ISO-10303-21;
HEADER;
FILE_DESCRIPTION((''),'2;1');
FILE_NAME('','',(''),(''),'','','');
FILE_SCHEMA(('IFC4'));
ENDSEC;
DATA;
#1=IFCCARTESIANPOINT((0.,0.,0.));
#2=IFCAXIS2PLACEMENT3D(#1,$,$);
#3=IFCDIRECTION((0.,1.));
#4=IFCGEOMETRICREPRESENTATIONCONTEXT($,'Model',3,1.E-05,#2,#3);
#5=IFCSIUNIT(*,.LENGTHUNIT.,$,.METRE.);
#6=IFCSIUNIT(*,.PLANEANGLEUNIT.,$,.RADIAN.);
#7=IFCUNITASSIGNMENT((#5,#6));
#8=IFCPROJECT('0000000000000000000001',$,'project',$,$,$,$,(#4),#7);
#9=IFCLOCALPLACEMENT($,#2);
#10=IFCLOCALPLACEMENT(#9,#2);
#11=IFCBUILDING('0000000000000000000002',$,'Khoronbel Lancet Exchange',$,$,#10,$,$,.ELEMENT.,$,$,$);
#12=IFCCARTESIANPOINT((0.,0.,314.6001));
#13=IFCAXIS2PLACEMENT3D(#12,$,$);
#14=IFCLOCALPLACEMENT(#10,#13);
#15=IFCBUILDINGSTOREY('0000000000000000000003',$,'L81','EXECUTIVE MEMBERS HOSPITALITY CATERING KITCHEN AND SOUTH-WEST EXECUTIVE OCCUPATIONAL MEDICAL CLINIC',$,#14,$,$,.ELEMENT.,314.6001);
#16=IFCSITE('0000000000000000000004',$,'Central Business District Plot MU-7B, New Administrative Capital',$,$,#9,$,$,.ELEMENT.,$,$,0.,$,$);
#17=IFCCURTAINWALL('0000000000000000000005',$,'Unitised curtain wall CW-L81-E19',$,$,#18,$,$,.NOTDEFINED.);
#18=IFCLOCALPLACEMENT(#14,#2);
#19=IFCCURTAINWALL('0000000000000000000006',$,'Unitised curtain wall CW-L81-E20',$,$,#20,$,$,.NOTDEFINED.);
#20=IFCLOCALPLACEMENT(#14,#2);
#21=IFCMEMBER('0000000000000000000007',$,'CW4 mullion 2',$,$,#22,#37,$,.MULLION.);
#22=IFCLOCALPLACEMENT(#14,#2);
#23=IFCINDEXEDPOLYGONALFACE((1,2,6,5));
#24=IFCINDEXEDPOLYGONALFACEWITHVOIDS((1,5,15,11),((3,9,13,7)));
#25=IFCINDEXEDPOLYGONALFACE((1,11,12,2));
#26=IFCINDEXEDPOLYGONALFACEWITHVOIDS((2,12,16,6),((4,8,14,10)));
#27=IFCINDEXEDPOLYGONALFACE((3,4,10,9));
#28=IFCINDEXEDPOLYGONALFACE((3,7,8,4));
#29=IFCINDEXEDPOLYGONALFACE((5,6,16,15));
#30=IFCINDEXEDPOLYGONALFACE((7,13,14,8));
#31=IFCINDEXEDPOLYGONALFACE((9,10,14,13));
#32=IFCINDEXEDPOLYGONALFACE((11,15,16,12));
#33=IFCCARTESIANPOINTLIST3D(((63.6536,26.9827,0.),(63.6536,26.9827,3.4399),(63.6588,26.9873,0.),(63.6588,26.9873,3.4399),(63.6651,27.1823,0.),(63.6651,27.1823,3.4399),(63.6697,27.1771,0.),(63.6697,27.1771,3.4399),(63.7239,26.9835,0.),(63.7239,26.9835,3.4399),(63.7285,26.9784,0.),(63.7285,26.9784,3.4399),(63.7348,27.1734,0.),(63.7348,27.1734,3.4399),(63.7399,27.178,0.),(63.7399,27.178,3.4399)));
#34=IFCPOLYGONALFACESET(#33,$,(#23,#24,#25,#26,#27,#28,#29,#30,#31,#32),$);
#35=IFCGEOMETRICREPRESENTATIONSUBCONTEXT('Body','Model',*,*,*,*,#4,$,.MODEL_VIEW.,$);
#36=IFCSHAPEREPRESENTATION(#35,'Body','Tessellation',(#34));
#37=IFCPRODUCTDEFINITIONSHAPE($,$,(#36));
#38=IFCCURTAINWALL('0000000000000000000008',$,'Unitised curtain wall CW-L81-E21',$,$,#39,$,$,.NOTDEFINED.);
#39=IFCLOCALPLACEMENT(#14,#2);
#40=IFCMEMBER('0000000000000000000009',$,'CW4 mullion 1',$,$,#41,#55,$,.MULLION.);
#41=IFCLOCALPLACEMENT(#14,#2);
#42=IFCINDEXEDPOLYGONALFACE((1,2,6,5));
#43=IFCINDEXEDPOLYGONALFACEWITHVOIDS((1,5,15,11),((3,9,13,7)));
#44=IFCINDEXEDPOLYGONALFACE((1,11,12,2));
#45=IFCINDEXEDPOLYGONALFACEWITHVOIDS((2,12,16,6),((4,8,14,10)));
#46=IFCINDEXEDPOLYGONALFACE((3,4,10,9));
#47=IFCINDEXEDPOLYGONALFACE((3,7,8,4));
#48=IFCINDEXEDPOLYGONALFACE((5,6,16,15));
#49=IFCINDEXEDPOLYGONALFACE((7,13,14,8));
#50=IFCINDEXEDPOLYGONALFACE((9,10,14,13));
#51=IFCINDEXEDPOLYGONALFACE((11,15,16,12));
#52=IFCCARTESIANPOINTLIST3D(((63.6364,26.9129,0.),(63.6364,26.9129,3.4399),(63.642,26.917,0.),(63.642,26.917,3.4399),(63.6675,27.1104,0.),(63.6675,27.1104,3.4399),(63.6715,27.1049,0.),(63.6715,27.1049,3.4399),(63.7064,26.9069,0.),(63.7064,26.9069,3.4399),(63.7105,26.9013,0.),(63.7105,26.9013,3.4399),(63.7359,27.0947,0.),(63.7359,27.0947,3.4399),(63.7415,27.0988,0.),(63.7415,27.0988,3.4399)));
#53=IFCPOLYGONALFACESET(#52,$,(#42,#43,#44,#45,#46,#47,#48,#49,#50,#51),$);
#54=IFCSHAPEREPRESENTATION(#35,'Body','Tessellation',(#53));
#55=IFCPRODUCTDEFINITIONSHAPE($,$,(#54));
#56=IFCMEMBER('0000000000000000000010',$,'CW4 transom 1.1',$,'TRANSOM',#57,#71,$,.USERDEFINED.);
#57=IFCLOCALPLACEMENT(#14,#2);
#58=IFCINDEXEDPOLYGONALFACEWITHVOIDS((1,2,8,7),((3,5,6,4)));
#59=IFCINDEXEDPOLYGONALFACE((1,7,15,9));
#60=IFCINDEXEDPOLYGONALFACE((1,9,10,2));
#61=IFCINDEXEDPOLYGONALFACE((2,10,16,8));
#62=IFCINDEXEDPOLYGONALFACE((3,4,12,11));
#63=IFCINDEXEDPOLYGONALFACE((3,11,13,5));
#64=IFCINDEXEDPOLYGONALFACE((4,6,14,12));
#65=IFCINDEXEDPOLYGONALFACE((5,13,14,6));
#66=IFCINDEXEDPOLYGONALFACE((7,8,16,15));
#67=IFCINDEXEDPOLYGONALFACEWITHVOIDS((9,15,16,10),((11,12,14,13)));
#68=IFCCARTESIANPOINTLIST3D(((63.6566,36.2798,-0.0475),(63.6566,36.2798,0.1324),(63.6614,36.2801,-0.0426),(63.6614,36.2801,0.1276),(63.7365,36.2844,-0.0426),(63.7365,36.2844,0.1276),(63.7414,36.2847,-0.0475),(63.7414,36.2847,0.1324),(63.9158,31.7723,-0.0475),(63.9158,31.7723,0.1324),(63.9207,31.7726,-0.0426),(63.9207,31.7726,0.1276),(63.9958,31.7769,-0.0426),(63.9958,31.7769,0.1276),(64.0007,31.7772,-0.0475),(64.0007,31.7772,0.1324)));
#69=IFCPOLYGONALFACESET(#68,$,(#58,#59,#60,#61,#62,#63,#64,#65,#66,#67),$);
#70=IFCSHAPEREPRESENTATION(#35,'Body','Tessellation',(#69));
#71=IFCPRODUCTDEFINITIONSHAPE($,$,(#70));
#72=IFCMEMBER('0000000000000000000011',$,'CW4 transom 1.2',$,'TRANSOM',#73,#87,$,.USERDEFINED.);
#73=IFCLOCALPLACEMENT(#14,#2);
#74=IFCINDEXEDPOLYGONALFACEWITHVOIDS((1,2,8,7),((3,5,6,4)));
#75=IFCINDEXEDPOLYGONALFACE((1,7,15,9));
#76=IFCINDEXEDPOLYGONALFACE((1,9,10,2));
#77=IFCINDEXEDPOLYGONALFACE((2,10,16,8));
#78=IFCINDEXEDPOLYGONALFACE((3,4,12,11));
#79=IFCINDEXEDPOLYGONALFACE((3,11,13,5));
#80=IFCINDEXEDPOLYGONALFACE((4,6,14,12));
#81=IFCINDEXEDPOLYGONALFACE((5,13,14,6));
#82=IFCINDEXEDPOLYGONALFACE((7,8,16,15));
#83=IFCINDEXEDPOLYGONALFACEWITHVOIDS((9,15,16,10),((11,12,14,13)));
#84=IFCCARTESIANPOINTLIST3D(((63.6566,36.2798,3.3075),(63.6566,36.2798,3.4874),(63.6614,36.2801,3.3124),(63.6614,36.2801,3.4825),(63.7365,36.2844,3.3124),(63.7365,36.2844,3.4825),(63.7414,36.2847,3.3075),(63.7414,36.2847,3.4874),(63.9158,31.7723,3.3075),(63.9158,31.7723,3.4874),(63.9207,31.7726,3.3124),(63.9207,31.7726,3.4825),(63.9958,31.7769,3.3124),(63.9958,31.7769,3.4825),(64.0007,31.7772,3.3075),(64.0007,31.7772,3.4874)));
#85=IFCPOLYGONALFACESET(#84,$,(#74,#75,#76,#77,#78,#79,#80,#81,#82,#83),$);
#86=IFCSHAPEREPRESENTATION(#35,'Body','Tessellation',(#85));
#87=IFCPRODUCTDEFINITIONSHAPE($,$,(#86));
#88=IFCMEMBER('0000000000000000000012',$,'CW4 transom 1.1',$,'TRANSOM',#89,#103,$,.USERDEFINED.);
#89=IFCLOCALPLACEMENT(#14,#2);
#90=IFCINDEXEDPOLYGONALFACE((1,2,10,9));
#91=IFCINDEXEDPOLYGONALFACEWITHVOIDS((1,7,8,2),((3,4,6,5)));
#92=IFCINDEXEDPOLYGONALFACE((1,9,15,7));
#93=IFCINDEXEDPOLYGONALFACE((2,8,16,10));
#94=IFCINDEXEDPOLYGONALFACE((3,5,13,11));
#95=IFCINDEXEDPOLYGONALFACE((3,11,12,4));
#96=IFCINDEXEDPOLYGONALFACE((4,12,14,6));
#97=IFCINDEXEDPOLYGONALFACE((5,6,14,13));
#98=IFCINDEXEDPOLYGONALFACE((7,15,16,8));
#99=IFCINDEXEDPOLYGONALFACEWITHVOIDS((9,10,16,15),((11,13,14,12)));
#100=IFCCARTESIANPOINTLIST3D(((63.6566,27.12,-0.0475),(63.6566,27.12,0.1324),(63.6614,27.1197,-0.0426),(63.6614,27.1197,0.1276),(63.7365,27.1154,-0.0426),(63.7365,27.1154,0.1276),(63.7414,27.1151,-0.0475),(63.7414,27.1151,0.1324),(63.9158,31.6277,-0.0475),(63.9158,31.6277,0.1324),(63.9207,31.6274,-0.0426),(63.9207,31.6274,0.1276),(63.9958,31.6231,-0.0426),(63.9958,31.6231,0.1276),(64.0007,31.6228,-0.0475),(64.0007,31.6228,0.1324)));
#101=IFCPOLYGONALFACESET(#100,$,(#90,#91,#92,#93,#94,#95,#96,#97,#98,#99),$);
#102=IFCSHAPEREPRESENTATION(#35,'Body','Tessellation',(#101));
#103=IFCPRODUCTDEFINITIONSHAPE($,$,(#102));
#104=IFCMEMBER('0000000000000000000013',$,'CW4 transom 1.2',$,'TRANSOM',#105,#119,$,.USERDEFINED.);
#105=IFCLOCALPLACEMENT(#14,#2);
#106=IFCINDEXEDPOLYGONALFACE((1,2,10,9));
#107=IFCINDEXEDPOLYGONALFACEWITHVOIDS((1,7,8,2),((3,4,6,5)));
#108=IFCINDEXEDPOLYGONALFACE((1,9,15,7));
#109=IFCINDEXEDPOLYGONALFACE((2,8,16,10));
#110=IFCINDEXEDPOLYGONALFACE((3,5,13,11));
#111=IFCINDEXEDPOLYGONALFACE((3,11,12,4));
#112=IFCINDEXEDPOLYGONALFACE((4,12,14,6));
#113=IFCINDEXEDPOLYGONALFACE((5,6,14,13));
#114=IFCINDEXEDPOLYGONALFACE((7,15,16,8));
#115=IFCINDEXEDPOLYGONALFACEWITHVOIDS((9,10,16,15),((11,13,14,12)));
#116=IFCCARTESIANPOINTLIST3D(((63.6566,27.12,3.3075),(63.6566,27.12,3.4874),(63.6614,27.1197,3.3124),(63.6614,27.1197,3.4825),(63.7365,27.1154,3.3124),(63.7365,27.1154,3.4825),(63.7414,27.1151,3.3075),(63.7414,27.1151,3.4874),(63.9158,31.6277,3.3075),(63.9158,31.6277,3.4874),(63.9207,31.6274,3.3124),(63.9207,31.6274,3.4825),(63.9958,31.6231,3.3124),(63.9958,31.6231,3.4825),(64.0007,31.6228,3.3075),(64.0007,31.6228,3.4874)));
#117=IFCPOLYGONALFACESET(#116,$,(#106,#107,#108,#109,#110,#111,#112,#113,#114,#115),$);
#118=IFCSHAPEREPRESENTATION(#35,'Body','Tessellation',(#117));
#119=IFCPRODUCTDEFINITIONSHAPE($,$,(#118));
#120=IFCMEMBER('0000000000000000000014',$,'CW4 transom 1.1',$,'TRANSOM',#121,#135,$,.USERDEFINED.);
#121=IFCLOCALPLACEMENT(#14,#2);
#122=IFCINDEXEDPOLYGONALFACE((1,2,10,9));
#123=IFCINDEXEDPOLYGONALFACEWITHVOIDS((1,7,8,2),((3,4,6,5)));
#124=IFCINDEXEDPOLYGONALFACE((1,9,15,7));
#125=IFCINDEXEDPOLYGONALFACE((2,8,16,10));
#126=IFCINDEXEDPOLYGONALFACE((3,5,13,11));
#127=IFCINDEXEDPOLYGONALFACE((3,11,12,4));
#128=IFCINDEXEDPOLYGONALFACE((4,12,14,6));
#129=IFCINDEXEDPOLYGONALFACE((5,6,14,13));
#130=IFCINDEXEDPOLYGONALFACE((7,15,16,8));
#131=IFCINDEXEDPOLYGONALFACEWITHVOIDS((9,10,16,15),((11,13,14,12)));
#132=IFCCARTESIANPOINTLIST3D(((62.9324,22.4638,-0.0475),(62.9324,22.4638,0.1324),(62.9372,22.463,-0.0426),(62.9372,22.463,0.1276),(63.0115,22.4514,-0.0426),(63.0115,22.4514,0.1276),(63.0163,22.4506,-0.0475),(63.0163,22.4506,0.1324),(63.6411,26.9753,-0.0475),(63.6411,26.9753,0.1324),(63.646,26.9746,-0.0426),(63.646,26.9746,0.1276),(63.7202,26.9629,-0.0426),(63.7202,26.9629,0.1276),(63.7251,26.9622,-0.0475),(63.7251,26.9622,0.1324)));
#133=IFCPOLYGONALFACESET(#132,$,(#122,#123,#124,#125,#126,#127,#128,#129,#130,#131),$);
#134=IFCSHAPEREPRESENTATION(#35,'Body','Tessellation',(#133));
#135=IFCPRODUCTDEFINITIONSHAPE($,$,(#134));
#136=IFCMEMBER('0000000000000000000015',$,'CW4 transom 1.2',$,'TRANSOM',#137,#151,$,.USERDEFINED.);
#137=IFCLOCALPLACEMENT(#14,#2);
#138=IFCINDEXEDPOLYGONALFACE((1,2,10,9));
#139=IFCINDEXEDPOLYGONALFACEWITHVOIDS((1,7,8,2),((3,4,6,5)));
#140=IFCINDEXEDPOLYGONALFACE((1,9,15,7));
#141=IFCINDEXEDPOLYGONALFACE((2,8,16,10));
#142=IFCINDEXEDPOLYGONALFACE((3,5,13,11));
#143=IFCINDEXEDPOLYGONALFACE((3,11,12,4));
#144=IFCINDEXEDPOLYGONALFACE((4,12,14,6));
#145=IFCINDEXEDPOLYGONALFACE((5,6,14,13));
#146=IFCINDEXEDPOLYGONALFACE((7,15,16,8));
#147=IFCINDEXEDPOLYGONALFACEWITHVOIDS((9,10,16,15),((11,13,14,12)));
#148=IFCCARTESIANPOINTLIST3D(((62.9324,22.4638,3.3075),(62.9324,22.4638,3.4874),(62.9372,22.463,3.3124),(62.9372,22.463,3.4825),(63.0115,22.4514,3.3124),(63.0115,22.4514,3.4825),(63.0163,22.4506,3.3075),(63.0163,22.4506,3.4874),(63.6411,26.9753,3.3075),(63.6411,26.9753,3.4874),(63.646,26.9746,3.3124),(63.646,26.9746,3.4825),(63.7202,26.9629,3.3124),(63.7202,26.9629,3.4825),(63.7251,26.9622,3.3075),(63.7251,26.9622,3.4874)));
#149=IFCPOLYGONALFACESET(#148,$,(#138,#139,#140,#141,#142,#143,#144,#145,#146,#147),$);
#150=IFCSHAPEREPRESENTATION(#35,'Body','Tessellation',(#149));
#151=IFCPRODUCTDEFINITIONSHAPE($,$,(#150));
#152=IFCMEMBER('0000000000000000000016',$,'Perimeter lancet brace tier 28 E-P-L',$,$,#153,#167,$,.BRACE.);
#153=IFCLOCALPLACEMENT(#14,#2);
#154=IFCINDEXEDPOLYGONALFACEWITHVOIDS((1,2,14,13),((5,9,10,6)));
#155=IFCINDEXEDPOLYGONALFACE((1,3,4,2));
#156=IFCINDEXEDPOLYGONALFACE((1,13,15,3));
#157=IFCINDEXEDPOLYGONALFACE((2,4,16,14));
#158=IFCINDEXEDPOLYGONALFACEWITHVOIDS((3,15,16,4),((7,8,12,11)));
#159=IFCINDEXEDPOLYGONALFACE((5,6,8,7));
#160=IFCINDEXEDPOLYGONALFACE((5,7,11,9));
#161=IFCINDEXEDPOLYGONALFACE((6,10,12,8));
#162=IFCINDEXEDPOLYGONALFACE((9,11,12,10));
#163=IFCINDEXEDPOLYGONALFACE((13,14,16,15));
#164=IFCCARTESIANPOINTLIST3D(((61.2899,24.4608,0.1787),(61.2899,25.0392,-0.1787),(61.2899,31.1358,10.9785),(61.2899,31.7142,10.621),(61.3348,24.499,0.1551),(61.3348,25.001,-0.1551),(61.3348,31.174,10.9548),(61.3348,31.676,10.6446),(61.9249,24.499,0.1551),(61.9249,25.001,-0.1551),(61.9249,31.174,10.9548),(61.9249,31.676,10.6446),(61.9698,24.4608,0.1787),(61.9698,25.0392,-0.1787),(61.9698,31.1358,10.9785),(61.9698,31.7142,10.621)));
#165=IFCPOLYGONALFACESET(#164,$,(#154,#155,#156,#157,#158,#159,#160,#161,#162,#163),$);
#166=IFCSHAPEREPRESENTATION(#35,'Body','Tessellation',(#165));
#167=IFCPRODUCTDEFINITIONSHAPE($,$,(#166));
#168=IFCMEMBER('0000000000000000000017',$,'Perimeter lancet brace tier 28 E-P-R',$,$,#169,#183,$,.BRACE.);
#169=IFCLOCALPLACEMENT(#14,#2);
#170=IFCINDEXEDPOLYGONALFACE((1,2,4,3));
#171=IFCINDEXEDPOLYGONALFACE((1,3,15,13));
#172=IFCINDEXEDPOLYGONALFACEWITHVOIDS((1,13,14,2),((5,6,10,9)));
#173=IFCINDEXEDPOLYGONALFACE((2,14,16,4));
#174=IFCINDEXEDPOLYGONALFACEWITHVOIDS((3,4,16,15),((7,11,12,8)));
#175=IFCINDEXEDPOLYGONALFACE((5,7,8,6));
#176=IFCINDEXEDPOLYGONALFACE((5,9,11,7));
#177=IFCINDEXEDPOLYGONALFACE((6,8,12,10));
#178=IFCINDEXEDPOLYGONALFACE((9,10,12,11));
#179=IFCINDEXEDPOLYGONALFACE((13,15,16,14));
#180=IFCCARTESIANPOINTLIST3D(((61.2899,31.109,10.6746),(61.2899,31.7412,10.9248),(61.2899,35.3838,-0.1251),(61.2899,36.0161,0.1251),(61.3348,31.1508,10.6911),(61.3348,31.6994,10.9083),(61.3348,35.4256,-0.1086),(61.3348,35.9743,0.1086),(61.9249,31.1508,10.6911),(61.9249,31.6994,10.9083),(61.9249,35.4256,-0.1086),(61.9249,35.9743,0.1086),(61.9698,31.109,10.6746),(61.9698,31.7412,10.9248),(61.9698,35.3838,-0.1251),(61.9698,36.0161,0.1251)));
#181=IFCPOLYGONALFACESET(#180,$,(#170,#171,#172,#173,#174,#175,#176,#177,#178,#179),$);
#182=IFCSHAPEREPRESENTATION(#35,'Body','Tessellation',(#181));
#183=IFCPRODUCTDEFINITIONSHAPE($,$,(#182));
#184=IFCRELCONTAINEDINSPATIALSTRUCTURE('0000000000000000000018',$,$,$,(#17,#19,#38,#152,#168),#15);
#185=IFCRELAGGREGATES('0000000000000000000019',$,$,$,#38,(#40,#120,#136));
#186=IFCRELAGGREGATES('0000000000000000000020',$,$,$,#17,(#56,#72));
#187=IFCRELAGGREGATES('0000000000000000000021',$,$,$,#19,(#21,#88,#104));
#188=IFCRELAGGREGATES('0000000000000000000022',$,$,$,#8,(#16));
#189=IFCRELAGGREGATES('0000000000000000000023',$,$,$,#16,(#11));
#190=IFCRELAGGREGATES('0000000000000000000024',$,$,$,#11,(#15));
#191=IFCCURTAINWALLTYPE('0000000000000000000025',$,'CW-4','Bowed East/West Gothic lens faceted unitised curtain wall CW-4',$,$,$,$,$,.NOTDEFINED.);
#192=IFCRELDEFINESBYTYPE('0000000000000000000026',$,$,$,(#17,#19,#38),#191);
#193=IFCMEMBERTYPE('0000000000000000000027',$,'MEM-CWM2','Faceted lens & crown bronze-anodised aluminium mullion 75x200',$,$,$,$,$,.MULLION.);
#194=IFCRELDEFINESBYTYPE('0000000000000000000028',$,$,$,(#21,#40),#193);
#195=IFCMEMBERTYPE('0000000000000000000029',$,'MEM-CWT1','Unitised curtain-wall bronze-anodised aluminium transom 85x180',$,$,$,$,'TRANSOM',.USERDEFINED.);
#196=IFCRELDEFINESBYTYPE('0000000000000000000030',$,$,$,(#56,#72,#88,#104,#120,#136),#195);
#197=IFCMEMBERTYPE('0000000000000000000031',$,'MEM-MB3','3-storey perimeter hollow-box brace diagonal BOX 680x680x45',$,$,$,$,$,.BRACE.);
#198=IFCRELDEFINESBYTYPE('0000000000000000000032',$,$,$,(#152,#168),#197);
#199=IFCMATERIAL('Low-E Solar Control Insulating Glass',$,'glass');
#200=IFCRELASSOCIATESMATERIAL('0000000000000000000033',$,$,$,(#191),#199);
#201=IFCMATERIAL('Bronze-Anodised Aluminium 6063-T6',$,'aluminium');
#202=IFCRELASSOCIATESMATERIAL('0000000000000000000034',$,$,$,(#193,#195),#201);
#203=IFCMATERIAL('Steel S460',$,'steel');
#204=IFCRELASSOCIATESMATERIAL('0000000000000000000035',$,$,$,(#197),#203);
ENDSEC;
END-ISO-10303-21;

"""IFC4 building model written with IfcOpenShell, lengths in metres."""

from ifc_helpers import new_model, si_unit, direction, frame, origin, origin_2d, place, context, subcontext, project, spatial, hollow_rectangle, extrude, material, material_profile, profile_set, type_object, element, aggregate, save


model = new_model("IFC4")

# Units and contexts
model_context = context("Model", 3, precision=1e-05, world=origin(), true_north=direction((0.0, 1.0)))
body_context = subcontext(model_context, "Body", "Model", "MODEL_VIEW")
ifc_project = project(units=[si_unit("LENGTHUNIT", "METRE"), si_unit("PLANEANGLEUNIT", "RADIAN")], contexts=[model_context])

# Site, building, storey
site_placement = place(None, origin())
site = spatial("IfcSite", under=ifc_project, at=site_placement, Name="Central Business District Plot MU-7B, New Administrative Capital", CompositionType="ELEMENT", RefElevation=0.0)
building_placement = place(site_placement, origin())
building = spatial("IfcBuilding", under=site, at=building_placement, Name="Khoronbel Lancet Exchange", CompositionType="ELEMENT")
storey_placement = place(building_placement, frame((0.0, 0.0, 314.6001)))
storey = spatial("IfcBuildingStorey", under=building, at=storey_placement, Name="L81", Description="EXECUTIVE MEMBERS HOSPITALITY CATERING KITCHEN AND SOUTH-WEST EXECUTIVE OCCUPATIONAL MEDICAL CLINIC", CompositionType="ELEMENT", Elevation=314.6001)

# Curtain walls, member
ifc_material_1 = material(Name="Low-E Solar Control Insulating Glass", Category="glass")
curtain_wall_type = type_object("IfcCurtainWallType", Name="CW-4", Description="Bowed East/West Gothic lens faceted unitised curtain wall CW-4", PredefinedType="NOTDEFINED", material=ifc_material_1)
curtain_wall_1_placement = place(storey_placement, origin())
curtain_wall_1 = element("IfcCurtainWall", 1, at=curtain_wall_1_placement, inside=storey, type_object=curtain_wall_type, Name="Unitised curtain wall CW-L81-E19", PredefinedType="NOTDEFINED")
ifc_material_2 = material(Name="Bronze-Anodised Aluminium 6063-T6", Category="aluminium")
ifc_material_profile_1 = material_profile(ifc_material_2, hollow_rectangle(XDim=0.075, YDim=0.2, WallThickness=0.0049, at=origin_2d()), Name="ALU MULLION 75x200")
ifc_profile_set_1 = profile_set([ifc_material_profile_1], Name="Bronze-Anodised Aluminium 6063-T6")
member_type_1 = type_object("IfcMemberType", Name="MEM-CWM2", Description="Faceted lens & crown bronze-anodised aluminium mullion 75x200", PredefinedType="MULLION", material=ifc_profile_set_1)
curtain_wall_2_placement = place(storey_placement, origin())
curtain_wall_2 = element("IfcCurtainWall", 2, at=curtain_wall_2_placement, inside=storey, type_object=curtain_wall_type, Name="Unitised curtain wall CW-L81-E20", PredefinedType="NOTDEFINED")
member_1_placement = place(storey_placement, frame((63.6968, 27.0803, 0.0), z_axis=(0.0, 0.0, 1.0), x_axis=(0.998351, -0.057409, 0.0)))
member_1 = element("IfcMember", 3, at=member_1_placement, type_object=member_type_1, Name="CW4 mullion 2", PredefinedType="MULLION", context=body_context, shape_type="SweptSolid", body=[
    extrude(hollow_rectangle(XDim=0.075, YDim=0.2, WallThickness=0.0049, at=origin_2d()), origin(), (0.0, 0.0, 1.0), 3.4399),
])

# Curtain wall, member
curtain_wall_3_placement = place(storey_placement, origin())
curtain_wall_3 = element("IfcCurtainWall", 4, at=curtain_wall_3_placement, inside=storey, type_object=curtain_wall_type, Name="Unitised curtain wall CW-L81-E21", PredefinedType="NOTDEFINED")
member_2_placement = place(storey_placement, frame((63.689, 27.0059, 0.0), z_axis=(0.0, 0.0, 1.0), x_axis=(0.987889, -0.155165, 0.0)))
member_2 = element("IfcMember", 5, at=member_2_placement, type_object=member_type_1, Name="CW4 mullion 1", PredefinedType="MULLION", context=body_context, shape_type="SweptSolid", body=[
    extrude(hollow_rectangle(XDim=0.075, YDim=0.2, WallThickness=0.0049, at=origin_2d()), origin(), (0.0, 0.0, 1.0), 3.4399),
])

# Members
ifc_material_profile_2 = material_profile(ifc_material_2, hollow_rectangle(XDim=0.085, YDim=0.1799, WallThickness=0.0049, at=origin_2d()), Name="ALU TRANSOM 85x180")
ifc_profile_set_2 = profile_set([ifc_material_profile_2], Name="Bronze-Anodised Aluminium 6063-T6")
member_type_2 = type_object("IfcMemberType", Name="MEM-CWT1", Description="Unitised curtain-wall bronze-anodised aluminium transom 85x180", ElementType="TRANSOM", PredefinedType="USERDEFINED", material=ifc_profile_set_2)
member_3_placement = place(storey_placement, frame((63.699, 36.2822, 0.0425), z_axis=(0.057429, -0.99835, 0.0), x_axis=(0.99835, 0.057429, 0.0)))
member_3 = element("IfcMember", 6, at=member_3_placement, type_object=member_type_2, Name="CW4 transom 1.1", ObjectType="TRANSOM", PredefinedType="USERDEFINED", context=body_context, shape_type="SweptSolid", body=[
    extrude(hollow_rectangle(XDim=0.085, YDim=0.1799, WallThickness=0.0049, at=origin_2d()), origin(), (0.0, 0.0, 1.0), 4.5149),
])
member_4_placement = place(storey_placement, frame((63.699, 36.2822, 3.3975), z_axis=(0.057429, -0.99835, 0.0), x_axis=(0.99835, 0.057429, 0.0)))
member_4 = element("IfcMember", 7, at=member_4_placement, type_object=member_type_2, Name="CW4 transom 1.2", ObjectType="TRANSOM", PredefinedType="USERDEFINED", context=body_context, shape_type="SweptSolid", body=[
    extrude(hollow_rectangle(XDim=0.085, YDim=0.1799, WallThickness=0.0049, at=origin_2d()), origin(), (0.0, 0.0, 1.0), 4.5149),
])
member_5_placement = place(storey_placement, frame((63.9583, 31.6252, 0.0425), z_axis=(-0.057426, -0.99835, 0.0), x_axis=(0.99835, -0.057426, 0.0)))
member_5 = element("IfcMember", 8, at=member_5_placement, type_object=member_type_2, Name="CW4 transom 1.1", ObjectType="TRANSOM", PredefinedType="USERDEFINED", context=body_context, shape_type="SweptSolid", body=[
    extrude(hollow_rectangle(XDim=0.085, YDim=0.1799, WallThickness=0.0049, at=origin_2d()), origin(), (0.0, 0.0, 1.0), 4.5151),
])
member_6_placement = place(storey_placement, frame((63.9583, 31.6252, 3.3975), z_axis=(-0.057426, -0.99835, 0.0), x_axis=(0.99835, -0.057426, 0.0)))
member_6 = element("IfcMember", 9, at=member_6_placement, type_object=member_type_2, Name="CW4 transom 1.2", ObjectType="TRANSOM", PredefinedType="USERDEFINED", context=body_context, shape_type="SweptSolid", body=[
    extrude(hollow_rectangle(XDim=0.085, YDim=0.1799, WallThickness=0.0049, at=origin_2d()), origin(), (0.0, 0.0, 1.0), 4.5151),
])
member_7_placement = place(storey_placement, frame((63.6831, 26.9688, 0.0425), z_axis=(-0.155194, -0.987884, 0.0), x_axis=(0.987884, -0.155194, 0.0)))
member_7 = element("IfcMember", 10, at=member_7_placement, type_object=member_type_2, Name="CW4 transom 1.1", ObjectType="TRANSOM", PredefinedType="USERDEFINED", context=body_context, shape_type="SweptSolid", body=[
    extrude(hollow_rectangle(XDim=0.085, YDim=0.1799, WallThickness=0.0049, at=origin_2d()), origin(), (0.0, 0.0, 1.0), 4.5669),
])
member_8_placement = place(storey_placement, frame((63.6831, 26.9688, 3.3975), z_axis=(-0.155194, -0.987884, 0.0), x_axis=(0.987884, -0.155194, 0.0)))
member_8 = element("IfcMember", 11, at=member_8_placement, type_object=member_type_2, Name="CW4 transom 1.2", ObjectType="TRANSOM", PredefinedType="USERDEFINED", context=body_context, shape_type="SweptSolid", body=[
    extrude(hollow_rectangle(XDim=0.085, YDim=0.1799, WallThickness=0.0049, at=origin_2d()), origin(), (0.0, 0.0, 1.0), 4.5669),
])
aggregate(curtain_wall_3, [member_2, member_7, member_8])

# Members
ifc_material_3 = material(Name="Steel S460", Category="steel")
ifc_material_profile_3 = material_profile(ifc_material_3, hollow_rectangle(XDim=0.6799, YDim=0.6799, WallThickness=0.0449, at=origin_2d()), Name="BOX 680x680x45")
ifc_profile_set_3 = profile_set([ifc_material_profile_3], Name="Steel S460")
member_type_3 = type_object("IfcMemberType", Name="MEM-MB3", Description="3-storey perimeter hollow-box brace diagonal BOX 680x680x45", PredefinedType="BRACE", material=ifc_profile_set_3)
member_9_placement = place(storey_placement, frame((61.6299, 24.75, 0.0), z_axis=(0.0, 0.525754, 0.850637), x_axis=(-1.0, 0.0, 0.0)))
element("IfcMember", 12, at=member_9_placement, inside=storey, type_object=member_type_3, Name="Perimeter lancet brace tier 28 E-P-L", PredefinedType="BRACE", context=body_context, shape_type="SweptSolid", body=[
    extrude(hollow_rectangle(XDim=0.6799, YDim=0.6799, WallThickness=0.0449, at=origin_2d()), origin(), (0.0, 0.0, 1.0), 12.696),
])
member_10_placement = place(storey_placement, frame((61.6299, 35.7, 0.0), z_axis=(0.0, -0.368047, 0.929807), x_axis=(1.0, 0.0, 0.0)))
element("IfcMember", 13, at=member_10_placement, inside=storey, type_object=member_type_3, Name="Perimeter lancet brace tier 28 E-P-R", PredefinedType="BRACE", context=body_context, shape_type="SweptSolid", body=[
    extrude(hollow_rectangle(XDim=0.6799, YDim=0.6799, WallThickness=0.0449, at=origin_2d()), origin(), (0.0, 0.0, 1.0), 11.615),
])

aggregate(curtain_wall_1, [member_3, member_4])
aggregate(curtain_wall_2, [member_1, member_5, member_6])

save(model, "model.ifc")
